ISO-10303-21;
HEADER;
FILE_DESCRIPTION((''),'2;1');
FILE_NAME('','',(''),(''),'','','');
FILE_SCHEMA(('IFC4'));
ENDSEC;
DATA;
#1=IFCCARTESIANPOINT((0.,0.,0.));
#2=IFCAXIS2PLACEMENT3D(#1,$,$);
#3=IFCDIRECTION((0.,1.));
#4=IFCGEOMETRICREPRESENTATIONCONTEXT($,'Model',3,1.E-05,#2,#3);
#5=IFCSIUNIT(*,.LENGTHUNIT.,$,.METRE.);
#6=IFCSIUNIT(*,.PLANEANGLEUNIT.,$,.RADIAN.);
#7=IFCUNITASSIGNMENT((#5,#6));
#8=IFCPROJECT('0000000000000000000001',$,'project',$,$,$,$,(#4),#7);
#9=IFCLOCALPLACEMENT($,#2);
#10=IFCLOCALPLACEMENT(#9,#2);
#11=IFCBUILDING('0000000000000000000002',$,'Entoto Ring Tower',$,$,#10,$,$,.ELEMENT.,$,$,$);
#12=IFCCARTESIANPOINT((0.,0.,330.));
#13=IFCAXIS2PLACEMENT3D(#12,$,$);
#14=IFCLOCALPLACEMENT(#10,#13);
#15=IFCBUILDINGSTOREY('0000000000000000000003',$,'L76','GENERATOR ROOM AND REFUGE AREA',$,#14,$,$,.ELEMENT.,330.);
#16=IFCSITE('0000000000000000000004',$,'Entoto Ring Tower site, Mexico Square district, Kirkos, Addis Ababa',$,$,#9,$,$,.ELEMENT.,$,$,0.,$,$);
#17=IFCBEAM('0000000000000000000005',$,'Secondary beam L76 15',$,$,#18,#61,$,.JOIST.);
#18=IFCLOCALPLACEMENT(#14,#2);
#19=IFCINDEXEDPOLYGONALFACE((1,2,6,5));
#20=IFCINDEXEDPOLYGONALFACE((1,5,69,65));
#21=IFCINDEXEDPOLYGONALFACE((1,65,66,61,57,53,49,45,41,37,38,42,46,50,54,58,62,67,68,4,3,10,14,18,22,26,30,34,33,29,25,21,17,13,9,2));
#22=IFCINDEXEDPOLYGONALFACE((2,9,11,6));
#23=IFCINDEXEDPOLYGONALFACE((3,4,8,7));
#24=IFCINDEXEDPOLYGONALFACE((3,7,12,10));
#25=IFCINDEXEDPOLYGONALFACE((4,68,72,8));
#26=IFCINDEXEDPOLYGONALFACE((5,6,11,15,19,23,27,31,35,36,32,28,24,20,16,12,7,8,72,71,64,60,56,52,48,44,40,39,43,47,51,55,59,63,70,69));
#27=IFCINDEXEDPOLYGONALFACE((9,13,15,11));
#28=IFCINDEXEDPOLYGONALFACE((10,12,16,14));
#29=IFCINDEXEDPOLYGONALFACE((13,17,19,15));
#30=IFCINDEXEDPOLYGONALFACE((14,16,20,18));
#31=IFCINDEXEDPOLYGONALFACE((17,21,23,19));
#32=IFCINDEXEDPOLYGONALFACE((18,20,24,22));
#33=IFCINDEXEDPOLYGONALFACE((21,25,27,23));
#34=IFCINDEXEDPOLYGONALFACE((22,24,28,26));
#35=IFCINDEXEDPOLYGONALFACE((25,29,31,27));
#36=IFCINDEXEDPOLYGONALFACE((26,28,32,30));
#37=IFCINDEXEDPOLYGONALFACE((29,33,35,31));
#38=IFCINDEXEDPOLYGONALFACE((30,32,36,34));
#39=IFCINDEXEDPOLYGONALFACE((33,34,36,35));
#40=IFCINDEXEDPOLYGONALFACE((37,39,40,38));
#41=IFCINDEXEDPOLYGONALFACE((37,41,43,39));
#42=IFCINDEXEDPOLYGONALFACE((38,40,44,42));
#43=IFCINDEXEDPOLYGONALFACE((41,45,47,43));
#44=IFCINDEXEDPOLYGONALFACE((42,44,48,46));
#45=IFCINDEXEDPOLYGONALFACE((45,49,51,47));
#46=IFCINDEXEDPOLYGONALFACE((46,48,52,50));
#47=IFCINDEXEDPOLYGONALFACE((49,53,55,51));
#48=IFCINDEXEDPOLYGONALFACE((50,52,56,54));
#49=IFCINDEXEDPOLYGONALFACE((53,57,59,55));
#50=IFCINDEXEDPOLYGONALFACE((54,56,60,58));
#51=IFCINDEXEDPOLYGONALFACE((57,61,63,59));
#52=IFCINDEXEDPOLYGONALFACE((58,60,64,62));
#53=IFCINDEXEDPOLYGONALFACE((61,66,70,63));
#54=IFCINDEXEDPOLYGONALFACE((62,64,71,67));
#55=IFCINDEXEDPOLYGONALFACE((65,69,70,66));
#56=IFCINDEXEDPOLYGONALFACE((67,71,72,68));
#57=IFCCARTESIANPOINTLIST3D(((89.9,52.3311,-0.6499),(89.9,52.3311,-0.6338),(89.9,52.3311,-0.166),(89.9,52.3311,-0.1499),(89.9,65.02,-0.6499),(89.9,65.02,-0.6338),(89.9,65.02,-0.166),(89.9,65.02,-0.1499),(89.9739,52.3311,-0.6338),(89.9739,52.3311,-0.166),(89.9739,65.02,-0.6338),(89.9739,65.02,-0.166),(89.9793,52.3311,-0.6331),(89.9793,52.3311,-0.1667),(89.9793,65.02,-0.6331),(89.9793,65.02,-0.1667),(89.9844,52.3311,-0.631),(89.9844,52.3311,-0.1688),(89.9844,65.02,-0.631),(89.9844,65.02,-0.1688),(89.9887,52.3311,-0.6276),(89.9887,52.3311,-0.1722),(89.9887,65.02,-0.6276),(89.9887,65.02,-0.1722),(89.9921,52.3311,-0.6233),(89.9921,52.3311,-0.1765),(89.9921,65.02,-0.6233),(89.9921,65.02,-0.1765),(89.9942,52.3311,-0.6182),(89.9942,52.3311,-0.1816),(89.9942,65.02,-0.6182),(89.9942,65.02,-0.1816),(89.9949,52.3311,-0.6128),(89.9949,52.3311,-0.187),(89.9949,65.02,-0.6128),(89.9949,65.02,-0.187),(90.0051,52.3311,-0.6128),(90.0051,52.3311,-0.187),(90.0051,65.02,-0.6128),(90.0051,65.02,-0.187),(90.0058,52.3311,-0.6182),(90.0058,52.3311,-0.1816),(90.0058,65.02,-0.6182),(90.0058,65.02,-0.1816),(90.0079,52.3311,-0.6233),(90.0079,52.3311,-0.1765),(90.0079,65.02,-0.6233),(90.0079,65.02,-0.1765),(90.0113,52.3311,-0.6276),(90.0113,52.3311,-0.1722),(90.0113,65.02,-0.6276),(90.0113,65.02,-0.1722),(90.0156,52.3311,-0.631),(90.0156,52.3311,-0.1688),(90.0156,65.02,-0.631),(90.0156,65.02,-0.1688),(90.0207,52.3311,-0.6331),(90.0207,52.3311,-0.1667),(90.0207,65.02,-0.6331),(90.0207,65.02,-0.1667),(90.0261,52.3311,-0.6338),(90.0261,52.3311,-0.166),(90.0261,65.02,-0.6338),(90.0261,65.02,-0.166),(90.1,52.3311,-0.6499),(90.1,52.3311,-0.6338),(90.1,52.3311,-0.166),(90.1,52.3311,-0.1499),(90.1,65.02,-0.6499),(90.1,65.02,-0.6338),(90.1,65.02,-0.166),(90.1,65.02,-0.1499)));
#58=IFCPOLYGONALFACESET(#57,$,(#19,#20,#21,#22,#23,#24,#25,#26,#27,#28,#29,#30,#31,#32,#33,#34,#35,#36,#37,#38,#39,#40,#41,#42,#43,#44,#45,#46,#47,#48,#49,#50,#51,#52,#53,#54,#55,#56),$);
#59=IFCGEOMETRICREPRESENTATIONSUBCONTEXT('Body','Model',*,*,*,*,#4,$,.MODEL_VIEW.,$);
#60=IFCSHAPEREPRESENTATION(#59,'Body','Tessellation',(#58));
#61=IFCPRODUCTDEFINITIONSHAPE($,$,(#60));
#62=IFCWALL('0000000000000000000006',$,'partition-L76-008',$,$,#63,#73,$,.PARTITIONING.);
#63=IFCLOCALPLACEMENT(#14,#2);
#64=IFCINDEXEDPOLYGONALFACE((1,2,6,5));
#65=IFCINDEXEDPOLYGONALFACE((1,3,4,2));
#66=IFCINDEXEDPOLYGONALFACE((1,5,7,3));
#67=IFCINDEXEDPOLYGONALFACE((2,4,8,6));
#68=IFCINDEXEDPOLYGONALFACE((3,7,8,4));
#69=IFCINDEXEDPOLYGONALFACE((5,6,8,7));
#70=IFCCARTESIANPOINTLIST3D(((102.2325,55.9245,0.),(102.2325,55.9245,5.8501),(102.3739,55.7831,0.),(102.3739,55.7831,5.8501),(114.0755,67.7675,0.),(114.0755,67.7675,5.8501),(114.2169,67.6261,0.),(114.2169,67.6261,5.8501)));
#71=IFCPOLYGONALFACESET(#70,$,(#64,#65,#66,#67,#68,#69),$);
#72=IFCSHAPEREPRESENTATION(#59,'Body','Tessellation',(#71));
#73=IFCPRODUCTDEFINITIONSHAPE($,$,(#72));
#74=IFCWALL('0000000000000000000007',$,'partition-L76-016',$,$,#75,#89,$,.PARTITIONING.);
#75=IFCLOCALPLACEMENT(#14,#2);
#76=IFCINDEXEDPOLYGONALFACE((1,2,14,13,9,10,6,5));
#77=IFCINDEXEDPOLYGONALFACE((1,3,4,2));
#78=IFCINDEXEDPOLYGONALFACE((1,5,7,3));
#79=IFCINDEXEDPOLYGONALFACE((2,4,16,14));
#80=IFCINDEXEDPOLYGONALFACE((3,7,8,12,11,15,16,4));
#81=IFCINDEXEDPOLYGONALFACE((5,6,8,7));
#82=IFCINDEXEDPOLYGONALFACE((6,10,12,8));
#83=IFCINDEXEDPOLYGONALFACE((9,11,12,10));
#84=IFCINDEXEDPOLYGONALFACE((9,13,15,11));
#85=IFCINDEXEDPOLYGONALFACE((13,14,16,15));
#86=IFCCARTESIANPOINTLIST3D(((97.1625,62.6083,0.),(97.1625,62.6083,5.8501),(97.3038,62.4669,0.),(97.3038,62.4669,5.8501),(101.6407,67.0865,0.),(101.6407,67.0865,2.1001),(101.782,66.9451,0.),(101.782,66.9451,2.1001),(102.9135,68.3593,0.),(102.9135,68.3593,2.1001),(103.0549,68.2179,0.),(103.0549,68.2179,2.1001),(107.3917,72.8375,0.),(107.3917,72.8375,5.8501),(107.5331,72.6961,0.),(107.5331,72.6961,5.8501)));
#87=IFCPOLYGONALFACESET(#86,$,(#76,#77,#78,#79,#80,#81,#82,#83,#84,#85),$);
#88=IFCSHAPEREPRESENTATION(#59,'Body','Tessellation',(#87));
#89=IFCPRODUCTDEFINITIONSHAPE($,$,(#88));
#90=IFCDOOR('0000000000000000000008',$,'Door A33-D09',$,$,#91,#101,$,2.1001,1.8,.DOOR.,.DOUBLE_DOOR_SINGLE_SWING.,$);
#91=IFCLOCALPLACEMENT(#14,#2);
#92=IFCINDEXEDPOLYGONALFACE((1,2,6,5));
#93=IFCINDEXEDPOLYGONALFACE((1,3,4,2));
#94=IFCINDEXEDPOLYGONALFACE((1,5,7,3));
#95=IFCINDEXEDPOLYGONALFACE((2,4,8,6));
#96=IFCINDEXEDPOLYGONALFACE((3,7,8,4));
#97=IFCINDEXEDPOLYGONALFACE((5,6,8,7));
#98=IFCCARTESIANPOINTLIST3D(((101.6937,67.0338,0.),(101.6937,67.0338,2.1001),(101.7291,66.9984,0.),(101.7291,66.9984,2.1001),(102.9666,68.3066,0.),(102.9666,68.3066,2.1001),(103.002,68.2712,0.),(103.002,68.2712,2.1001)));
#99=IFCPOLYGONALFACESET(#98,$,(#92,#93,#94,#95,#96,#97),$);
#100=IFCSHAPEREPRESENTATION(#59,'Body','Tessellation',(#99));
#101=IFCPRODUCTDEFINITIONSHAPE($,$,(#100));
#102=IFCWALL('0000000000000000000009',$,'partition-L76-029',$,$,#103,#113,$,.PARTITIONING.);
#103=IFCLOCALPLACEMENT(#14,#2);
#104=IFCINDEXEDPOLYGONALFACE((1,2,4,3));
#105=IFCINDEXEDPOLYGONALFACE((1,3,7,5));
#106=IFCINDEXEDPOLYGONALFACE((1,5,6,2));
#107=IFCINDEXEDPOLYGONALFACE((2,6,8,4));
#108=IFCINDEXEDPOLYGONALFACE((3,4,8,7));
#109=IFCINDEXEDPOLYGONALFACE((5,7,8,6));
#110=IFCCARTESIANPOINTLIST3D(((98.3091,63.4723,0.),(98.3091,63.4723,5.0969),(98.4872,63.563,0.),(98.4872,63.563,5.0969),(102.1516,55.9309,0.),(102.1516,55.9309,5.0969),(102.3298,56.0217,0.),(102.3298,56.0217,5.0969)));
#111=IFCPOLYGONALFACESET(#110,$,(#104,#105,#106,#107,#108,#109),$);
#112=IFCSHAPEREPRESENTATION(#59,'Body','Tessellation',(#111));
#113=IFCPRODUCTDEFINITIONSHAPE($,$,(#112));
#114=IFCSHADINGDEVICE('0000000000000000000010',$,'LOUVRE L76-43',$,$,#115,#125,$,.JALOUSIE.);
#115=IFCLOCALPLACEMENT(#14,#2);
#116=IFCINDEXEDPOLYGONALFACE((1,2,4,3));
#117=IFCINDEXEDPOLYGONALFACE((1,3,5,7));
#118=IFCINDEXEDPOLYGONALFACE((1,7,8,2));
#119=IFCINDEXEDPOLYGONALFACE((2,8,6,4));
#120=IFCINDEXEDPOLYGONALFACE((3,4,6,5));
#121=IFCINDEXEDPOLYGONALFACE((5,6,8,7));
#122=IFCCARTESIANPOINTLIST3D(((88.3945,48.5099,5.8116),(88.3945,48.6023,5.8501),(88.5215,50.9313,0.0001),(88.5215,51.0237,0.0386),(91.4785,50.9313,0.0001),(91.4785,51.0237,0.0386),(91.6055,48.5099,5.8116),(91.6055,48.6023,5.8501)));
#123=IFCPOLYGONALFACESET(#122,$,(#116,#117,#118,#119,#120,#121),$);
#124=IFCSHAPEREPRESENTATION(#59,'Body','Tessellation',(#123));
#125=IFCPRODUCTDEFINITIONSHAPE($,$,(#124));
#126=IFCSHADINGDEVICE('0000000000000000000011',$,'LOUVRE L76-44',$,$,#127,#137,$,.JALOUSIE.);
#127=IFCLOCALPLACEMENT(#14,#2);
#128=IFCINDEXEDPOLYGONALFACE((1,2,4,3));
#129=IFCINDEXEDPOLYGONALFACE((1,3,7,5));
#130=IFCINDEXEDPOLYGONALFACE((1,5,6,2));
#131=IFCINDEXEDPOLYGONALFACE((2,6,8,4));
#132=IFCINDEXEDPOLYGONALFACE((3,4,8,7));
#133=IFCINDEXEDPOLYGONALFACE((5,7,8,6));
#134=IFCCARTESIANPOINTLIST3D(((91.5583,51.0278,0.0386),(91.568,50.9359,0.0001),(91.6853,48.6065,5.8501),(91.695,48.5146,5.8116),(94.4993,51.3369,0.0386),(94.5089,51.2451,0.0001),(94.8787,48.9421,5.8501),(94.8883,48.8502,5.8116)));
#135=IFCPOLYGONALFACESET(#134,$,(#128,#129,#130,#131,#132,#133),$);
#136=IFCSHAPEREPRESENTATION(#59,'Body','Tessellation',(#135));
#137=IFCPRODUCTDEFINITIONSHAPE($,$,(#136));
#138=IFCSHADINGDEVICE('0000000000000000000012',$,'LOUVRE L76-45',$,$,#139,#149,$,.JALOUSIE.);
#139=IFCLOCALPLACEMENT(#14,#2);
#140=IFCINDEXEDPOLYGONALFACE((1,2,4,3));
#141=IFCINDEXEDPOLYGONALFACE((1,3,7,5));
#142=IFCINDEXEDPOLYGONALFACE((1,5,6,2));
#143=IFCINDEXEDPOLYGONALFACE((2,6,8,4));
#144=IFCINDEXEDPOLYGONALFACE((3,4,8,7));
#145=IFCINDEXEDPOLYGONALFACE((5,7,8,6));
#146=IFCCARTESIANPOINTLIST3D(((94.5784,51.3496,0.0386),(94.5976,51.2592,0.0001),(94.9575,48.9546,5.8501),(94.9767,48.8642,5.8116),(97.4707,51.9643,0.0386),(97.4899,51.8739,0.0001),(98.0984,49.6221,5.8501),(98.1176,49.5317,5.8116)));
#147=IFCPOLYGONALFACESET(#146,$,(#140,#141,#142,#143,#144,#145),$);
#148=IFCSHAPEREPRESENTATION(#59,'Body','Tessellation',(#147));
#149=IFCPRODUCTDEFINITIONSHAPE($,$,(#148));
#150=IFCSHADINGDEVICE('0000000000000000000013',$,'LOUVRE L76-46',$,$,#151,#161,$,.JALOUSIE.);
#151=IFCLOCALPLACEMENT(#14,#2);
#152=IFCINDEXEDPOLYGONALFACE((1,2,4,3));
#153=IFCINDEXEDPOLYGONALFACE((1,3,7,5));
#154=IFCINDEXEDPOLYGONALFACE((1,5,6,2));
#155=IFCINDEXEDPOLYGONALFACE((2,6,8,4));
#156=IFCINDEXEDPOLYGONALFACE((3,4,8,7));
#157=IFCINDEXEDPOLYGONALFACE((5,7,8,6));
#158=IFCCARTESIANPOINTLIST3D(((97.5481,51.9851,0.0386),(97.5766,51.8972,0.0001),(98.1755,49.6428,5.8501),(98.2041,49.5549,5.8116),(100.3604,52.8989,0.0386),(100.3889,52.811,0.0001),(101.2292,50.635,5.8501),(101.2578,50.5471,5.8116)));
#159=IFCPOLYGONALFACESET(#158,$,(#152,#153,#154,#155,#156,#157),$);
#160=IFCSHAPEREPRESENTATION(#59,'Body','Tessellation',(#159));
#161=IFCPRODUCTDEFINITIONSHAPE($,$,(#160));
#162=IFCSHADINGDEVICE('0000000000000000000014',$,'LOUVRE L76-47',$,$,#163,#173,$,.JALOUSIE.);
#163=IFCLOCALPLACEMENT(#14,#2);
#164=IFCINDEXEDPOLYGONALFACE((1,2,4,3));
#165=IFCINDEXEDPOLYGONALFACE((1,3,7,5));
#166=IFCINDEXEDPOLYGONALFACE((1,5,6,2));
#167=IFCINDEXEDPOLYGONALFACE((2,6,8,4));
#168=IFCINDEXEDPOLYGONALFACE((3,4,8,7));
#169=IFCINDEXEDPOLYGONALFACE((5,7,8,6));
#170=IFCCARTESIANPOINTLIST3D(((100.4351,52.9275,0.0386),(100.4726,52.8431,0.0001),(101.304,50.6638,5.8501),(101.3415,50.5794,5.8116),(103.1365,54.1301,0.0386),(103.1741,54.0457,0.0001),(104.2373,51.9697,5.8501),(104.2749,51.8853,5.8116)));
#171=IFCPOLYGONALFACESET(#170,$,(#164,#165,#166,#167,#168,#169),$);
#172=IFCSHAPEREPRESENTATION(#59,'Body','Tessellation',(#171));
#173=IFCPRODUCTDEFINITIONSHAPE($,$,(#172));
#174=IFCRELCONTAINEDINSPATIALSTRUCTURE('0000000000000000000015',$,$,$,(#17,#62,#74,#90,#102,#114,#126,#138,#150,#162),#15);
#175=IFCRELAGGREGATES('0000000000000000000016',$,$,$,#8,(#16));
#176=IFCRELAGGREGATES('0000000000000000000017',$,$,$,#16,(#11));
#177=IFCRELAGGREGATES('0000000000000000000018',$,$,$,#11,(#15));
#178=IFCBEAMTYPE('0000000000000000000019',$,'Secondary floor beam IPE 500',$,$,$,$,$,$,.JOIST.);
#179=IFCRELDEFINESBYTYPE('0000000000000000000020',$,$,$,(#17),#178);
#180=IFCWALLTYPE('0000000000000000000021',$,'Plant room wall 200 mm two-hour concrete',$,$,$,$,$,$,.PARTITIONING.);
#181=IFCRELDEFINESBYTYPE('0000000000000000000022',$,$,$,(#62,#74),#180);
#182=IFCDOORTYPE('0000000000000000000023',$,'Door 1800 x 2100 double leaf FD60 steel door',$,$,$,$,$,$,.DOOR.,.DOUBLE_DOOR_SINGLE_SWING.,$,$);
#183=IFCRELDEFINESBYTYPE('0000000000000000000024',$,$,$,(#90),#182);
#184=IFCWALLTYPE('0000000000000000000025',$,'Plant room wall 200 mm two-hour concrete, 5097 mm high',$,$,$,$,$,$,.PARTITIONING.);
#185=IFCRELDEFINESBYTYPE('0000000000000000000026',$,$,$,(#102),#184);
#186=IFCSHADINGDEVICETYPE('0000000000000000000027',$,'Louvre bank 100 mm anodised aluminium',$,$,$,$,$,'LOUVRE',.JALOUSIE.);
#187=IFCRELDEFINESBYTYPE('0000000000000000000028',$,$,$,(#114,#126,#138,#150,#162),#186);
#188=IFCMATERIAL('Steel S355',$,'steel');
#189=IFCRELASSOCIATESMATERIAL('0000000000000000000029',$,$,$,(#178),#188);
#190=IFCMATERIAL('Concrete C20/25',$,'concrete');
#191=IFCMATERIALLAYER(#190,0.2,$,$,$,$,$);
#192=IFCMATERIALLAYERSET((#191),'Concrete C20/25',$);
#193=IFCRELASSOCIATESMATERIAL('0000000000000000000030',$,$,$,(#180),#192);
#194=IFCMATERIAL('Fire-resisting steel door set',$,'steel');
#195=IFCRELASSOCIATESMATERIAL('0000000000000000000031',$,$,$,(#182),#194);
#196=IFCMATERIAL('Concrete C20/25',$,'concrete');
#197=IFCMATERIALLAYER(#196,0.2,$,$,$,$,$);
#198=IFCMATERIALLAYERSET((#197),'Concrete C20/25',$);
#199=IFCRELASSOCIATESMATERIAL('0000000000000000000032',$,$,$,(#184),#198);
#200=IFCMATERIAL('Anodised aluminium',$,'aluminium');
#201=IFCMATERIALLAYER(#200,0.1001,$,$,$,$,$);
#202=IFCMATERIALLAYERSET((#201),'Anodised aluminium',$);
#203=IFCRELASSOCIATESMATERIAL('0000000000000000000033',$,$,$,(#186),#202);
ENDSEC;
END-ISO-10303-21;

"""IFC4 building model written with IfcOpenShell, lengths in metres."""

from ifc_helpers import new_model, si_unit, direction, frame, frame_2d, origin, origin_2d, place, context, subcontext, project, spatial, polyline, rectangle, i_section, outline, extrude, material, layer, layer_set, material_profile, profile_set, type_object, element, fill, save


model = new_model("IFC4")

# Units and contexts
model_context = context("Model", 3, precision=1e-05, world=origin(), true_north=direction((0.0, 1.0)))
body_context = subcontext(model_context, "Body", "Model", "MODEL_VIEW")
ifc_project = project(units=[si_unit("LENGTHUNIT", "METRE"), si_unit("PLANEANGLEUNIT", "RADIAN")], contexts=[model_context])

# Site, building, storey
site_placement = place(None, origin())
site = spatial("IfcSite", under=ifc_project, at=site_placement, Name="Entoto Ring Tower site, Mexico Square district, Kirkos, Addis Ababa", CompositionType="ELEMENT", RefElevation=0.0)
building_placement = place(site_placement, origin())
building = spatial("IfcBuilding", under=site, at=building_placement, Name="Entoto Ring Tower", CompositionType="ELEMENT")
storey_placement = place(building_placement, frame((0.0, 0.0, 330.0)))
storey = spatial("IfcBuildingStorey", under=building, at=storey_placement, Name="L76", Description="GENERATOR ROOM AND REFUGE AREA", CompositionType="ELEMENT", Elevation=330.0)

# Beam
ifc_material_1 = material(Name="Steel S355", Category="steel")
ifc_material_profile_1 = material_profile(ifc_material_1, i_section(OverallWidth=0.2, OverallDepth=0.5, WebThickness=0.0103, FlangeThickness=0.0161, FilletRadius=0.021, at=origin_2d()), Name="IPE 500")
ifc_profile_set_1 = profile_set([ifc_material_profile_1], Name="Steel S355")
beam_type_1 = type_object("IfcBeamType", Name="Secondary floor beam IPE 500", PredefinedType="JOIST", material=ifc_profile_set_1)
beam_1_placement = place(storey_placement, frame((90.0, 65.02, -0.3999), z_axis=(0.0, -1.0, 0.0), x_axis=(1.0, 0.0, 0.0)))
element("IfcBeam", 1, at=beam_1_placement, inside=storey, type_object=beam_type_1, Name="Secondary beam L76 15", PredefinedType="JOIST", context=body_context, shape_type="SweptSolid", body=[
    extrude(i_section(OverallWidth=0.2, OverallDepth=0.5, WebThickness=0.0103, FlangeThickness=0.0161, FilletRadius=0.021, at=origin_2d()), origin(), (0.0, 0.0, 1.0), 12.689),
])

# Wall
ifc_material_2 = material(Name="Concrete C20/25", Category="concrete")
ifc_layer_1 = layer(ifc_material_2, 0.2)
ifc_layer_set_1 = layer_set([ifc_layer_1], Name="Concrete C20/25")
wall_type_1 = type_object("IfcWallType", Name="Plant room wall 200 mm two-hour concrete", PredefinedType="PARTITIONING", material=ifc_layer_set_1)
wall_1_placement = place(storey_placement, frame((102.3032, 55.8538, 0.0), z_axis=(0.0, 0.0, 1.0), x_axis=(0.707107, 0.707107, 0.0)))
element("IfcWall", 2, at=wall_1_placement, inside=storey, type_object=wall_type_1, Name="partition-L76-008", PredefinedType="PARTITIONING", context=body_context, shape_type="SweptSolid", body=[
    extrude(rectangle(XDim=16.7485, YDim=0.2, at=frame_2d((8.3743, 0.0))), origin(), (0.0, 0.0, 1.0), 5.8501),
])

# Wall, opening, door
wall_2_placement = place(storey_placement, frame((97.2332, 62.5376, 0.0), z_axis=(0.0, 0.0, 1.0), x_axis=(0.707107, 0.707107, 0.0)))
wall_2 = element("IfcWall", 3, at=wall_2_placement, inside=storey, type_object=wall_type_1, Name="partition-L76-016", PredefinedType="PARTITIONING", context=body_context, shape_type="SweptSolid", body=[
    extrude(rectangle(XDim=14.4663, YDim=0.2, at=frame_2d((7.2332, 0.0))), origin(), (0.0, 0.0, 1.0), 5.8501),
])
opening_placement = place(wall_2_placement, frame((6.3333, 0.0, 0.0)))
opening = element("IfcOpeningElement", 4, at=opening_placement, cuts=wall_2, PredefinedType="OPENING", context=body_context, shape_type="SweptSolid", body=[
    extrude(rectangle(XDim=1.8, YDim=2.1001, at=frame_2d((0.8999, 1.05))), frame((0.0, 0.1099, 0.0), z_axis=(0.0, -1.0, 0.0), x_axis=(1.0, 0.0, 0.0)), (0.0, 0.0, 1.0), 0.22),
])
ifc_material_3 = material(Name="Fire-resisting steel door set", Category="steel")
door_type = type_object("IfcDoorType", Name="Door 1800 x 2100 double leaf FD60 steel door", OperationType="DOUBLE_DOOR_SINGLE_SWING", PredefinedType="DOOR", material=ifc_material_3)
door_placement = place(opening_placement, frame((1.8, 0.0, 0.0), z_axis=(0.0, 0.0, 1.0), x_axis=(-1.0, 0.0, 0.0)))
door = element("IfcDoor", 5, at=door_placement, inside=storey, type_object=door_type, Name="Door A33-D09", OperationType="DOUBLE_DOOR_SINGLE_SWING", OverallHeight=2.1001, OverallWidth=1.8, PredefinedType="DOOR", context=body_context, shape_type="SweptSolid", body=[
    extrude(rectangle(XDim=1.8, YDim=2.1001, at=frame_2d((0.8999, 1.05))), frame((0.0, 0.0249, 0.0), z_axis=(0.0, -1.0, 0.0), x_axis=(1.0, 0.0, 0.0)), (0.0, 0.0, 1.0), 0.05),
])
fill(opening, door)

# Wall
ifc_material_4 = material(Name="Concrete C20/25", Category="concrete")
ifc_layer_2 = layer(ifc_material_4, 0.2)
ifc_layer_set_2 = layer_set([ifc_layer_2], Name="Concrete C20/25")
wall_type_2 = type_object("IfcWallType", Name="Plant room wall 200 mm two-hour concrete, 5097 mm high", PredefinedType="PARTITIONING", material=ifc_layer_set_2)
wall_3_placement = place(storey_placement, frame((102.2407, 55.9763, 0.0), z_axis=(0.0, 0.0, 1.0), x_axis=(-0.453997, 0.891003, 0.0)))
element("IfcWall", 6, at=wall_3_placement, inside=storey, type_object=wall_type_2, Name="partition-L76-029", PredefinedType="PARTITIONING", context=body_context, shape_type="SweptSolid", body=[
    extrude(rectangle(XDim=8.4639, YDim=0.2, at=frame_2d((4.2319, 0.0))), origin(), (0.0, 0.0, 1.0), 5.0969),
])

# Shading devices
ifc_material_5 = material(Name="Anodised aluminium", Category="aluminium")
ifc_layer_3 = layer(ifc_material_5, 0.1001)
ifc_layer_set_3 = layer_set([ifc_layer_3], Name="Anodised aluminium")
shading_device_type = type_object("IfcShadingDeviceType", Name="Louvre bank 100 mm anodised aluminium", ElementType="LOUVRE", PredefinedType="JALOUSIE", material=ifc_layer_set_3)
shading_device_1_placement = place(storey_placement, frame((88.5215, 51.0237, 0.0386), z_axis=(0.0, 0.923082, 0.384604), x_axis=(1.0, 0.0, 0.0)))
element("IfcShadingDevice", 7, at=shading_device_1_placement, inside=storey, type_object=shading_device_type, Name="LOUVRE L76-43", PredefinedType="JALOUSIE", context=body_context, shape_type="SweptSolid", body=[
    extrude(outline(polyline([(0.0, 0.0), (2.957, 0.0), (3.084, -6.2958), (-0.127, -6.2958), (0.0, 0.0)])), origin(), (0.0, 0.0, -1.0), 0.1001),
])
shading_device_2_placement = place(storey_placement, frame((91.5583, 51.0278, 0.0386), z_axis=(-0.096494, 0.918026, 0.3846), x_axis=(0.994521, 0.104532, 0.000005)))
element("IfcShadingDevice", 8, at=shading_device_2_placement, inside=storey, type_object=shading_device_type, Name="LOUVRE L76-44", PredefinedType="JALOUSIE", context=body_context, shape_type="SweptSolid", body=[
    extrude(outline(polyline([(0.0, 0.0), (2.9571, 0.0), (3.0841, -6.2958), (-0.1268, -6.2958), (0.0, 0.0)])), origin(), (0.0, 0.0, -1.0), 0.1001),
])
shading_device_3_placement = place(storey_placement, frame((94.5784, 51.3496, 0.0386), z_axis=(-0.191893, 0.902906, 0.384628), x_axis=(0.978153, 0.207887, -0.000005)))
element("IfcShadingDevice", 9, at=shading_device_3_placement, inside=storey, type_object=shading_device_type, Name="LOUVRE L76-45", PredefinedType="JALOUSIE", context=body_context, shape_type="SweptSolid", body=[
    extrude(outline(polyline([(0.0, 0.0), (2.9569, 0.0), (3.084, -6.2959), (-0.1271, -6.2958), (0.0, 0.0)])), origin(), (0.0, 0.0, -1.0), 0.1001),
])
shading_device_4_placement = place(storey_placement, frame((97.5481, 51.9851, 0.0386), z_axis=(-0.28525, 0.877891, 0.38463), x_axis=(0.951054, 0.309024, -0.000005)))
element("IfcShadingDevice", 10, at=shading_device_4_placement, inside=storey, type_object=shading_device_type, Name="LOUVRE L76-46", PredefinedType="JALOUSIE", context=body_context, shape_type="SweptSolid", body=[
    extrude(outline(polyline([(0.0, 0.0), (2.957, 0.0), (3.0837, -6.2959), (-0.1271, -6.2958), (0.0, 0.0)])), origin(), (0.0, 0.0, -1.0), 0.1001),
])
shading_device_5_placement = place(storey_placement, frame((100.4351, 52.9275, 0.0386), z_axis=(-0.375425, 0.843289, 0.384603), x_axis=(0.913559, 0.406707, 0.000001)))
element("IfcShadingDevice", 11, at=shading_device_5_placement, inside=storey, type_object=shading_device_type, Name="LOUVRE L76-47", PredefinedType="JALOUSIE", context=body_context, shape_type="SweptSolid", body=[
    extrude(outline(polyline([(0.0, 0.0), (2.957, 0.0), (3.0841, -6.2958), (-0.1269, -6.2958), (0.0, 0.0)])), origin(), (0.0, 0.0, -1.0), 0.1001),
])

save(model, "model.ifc")
